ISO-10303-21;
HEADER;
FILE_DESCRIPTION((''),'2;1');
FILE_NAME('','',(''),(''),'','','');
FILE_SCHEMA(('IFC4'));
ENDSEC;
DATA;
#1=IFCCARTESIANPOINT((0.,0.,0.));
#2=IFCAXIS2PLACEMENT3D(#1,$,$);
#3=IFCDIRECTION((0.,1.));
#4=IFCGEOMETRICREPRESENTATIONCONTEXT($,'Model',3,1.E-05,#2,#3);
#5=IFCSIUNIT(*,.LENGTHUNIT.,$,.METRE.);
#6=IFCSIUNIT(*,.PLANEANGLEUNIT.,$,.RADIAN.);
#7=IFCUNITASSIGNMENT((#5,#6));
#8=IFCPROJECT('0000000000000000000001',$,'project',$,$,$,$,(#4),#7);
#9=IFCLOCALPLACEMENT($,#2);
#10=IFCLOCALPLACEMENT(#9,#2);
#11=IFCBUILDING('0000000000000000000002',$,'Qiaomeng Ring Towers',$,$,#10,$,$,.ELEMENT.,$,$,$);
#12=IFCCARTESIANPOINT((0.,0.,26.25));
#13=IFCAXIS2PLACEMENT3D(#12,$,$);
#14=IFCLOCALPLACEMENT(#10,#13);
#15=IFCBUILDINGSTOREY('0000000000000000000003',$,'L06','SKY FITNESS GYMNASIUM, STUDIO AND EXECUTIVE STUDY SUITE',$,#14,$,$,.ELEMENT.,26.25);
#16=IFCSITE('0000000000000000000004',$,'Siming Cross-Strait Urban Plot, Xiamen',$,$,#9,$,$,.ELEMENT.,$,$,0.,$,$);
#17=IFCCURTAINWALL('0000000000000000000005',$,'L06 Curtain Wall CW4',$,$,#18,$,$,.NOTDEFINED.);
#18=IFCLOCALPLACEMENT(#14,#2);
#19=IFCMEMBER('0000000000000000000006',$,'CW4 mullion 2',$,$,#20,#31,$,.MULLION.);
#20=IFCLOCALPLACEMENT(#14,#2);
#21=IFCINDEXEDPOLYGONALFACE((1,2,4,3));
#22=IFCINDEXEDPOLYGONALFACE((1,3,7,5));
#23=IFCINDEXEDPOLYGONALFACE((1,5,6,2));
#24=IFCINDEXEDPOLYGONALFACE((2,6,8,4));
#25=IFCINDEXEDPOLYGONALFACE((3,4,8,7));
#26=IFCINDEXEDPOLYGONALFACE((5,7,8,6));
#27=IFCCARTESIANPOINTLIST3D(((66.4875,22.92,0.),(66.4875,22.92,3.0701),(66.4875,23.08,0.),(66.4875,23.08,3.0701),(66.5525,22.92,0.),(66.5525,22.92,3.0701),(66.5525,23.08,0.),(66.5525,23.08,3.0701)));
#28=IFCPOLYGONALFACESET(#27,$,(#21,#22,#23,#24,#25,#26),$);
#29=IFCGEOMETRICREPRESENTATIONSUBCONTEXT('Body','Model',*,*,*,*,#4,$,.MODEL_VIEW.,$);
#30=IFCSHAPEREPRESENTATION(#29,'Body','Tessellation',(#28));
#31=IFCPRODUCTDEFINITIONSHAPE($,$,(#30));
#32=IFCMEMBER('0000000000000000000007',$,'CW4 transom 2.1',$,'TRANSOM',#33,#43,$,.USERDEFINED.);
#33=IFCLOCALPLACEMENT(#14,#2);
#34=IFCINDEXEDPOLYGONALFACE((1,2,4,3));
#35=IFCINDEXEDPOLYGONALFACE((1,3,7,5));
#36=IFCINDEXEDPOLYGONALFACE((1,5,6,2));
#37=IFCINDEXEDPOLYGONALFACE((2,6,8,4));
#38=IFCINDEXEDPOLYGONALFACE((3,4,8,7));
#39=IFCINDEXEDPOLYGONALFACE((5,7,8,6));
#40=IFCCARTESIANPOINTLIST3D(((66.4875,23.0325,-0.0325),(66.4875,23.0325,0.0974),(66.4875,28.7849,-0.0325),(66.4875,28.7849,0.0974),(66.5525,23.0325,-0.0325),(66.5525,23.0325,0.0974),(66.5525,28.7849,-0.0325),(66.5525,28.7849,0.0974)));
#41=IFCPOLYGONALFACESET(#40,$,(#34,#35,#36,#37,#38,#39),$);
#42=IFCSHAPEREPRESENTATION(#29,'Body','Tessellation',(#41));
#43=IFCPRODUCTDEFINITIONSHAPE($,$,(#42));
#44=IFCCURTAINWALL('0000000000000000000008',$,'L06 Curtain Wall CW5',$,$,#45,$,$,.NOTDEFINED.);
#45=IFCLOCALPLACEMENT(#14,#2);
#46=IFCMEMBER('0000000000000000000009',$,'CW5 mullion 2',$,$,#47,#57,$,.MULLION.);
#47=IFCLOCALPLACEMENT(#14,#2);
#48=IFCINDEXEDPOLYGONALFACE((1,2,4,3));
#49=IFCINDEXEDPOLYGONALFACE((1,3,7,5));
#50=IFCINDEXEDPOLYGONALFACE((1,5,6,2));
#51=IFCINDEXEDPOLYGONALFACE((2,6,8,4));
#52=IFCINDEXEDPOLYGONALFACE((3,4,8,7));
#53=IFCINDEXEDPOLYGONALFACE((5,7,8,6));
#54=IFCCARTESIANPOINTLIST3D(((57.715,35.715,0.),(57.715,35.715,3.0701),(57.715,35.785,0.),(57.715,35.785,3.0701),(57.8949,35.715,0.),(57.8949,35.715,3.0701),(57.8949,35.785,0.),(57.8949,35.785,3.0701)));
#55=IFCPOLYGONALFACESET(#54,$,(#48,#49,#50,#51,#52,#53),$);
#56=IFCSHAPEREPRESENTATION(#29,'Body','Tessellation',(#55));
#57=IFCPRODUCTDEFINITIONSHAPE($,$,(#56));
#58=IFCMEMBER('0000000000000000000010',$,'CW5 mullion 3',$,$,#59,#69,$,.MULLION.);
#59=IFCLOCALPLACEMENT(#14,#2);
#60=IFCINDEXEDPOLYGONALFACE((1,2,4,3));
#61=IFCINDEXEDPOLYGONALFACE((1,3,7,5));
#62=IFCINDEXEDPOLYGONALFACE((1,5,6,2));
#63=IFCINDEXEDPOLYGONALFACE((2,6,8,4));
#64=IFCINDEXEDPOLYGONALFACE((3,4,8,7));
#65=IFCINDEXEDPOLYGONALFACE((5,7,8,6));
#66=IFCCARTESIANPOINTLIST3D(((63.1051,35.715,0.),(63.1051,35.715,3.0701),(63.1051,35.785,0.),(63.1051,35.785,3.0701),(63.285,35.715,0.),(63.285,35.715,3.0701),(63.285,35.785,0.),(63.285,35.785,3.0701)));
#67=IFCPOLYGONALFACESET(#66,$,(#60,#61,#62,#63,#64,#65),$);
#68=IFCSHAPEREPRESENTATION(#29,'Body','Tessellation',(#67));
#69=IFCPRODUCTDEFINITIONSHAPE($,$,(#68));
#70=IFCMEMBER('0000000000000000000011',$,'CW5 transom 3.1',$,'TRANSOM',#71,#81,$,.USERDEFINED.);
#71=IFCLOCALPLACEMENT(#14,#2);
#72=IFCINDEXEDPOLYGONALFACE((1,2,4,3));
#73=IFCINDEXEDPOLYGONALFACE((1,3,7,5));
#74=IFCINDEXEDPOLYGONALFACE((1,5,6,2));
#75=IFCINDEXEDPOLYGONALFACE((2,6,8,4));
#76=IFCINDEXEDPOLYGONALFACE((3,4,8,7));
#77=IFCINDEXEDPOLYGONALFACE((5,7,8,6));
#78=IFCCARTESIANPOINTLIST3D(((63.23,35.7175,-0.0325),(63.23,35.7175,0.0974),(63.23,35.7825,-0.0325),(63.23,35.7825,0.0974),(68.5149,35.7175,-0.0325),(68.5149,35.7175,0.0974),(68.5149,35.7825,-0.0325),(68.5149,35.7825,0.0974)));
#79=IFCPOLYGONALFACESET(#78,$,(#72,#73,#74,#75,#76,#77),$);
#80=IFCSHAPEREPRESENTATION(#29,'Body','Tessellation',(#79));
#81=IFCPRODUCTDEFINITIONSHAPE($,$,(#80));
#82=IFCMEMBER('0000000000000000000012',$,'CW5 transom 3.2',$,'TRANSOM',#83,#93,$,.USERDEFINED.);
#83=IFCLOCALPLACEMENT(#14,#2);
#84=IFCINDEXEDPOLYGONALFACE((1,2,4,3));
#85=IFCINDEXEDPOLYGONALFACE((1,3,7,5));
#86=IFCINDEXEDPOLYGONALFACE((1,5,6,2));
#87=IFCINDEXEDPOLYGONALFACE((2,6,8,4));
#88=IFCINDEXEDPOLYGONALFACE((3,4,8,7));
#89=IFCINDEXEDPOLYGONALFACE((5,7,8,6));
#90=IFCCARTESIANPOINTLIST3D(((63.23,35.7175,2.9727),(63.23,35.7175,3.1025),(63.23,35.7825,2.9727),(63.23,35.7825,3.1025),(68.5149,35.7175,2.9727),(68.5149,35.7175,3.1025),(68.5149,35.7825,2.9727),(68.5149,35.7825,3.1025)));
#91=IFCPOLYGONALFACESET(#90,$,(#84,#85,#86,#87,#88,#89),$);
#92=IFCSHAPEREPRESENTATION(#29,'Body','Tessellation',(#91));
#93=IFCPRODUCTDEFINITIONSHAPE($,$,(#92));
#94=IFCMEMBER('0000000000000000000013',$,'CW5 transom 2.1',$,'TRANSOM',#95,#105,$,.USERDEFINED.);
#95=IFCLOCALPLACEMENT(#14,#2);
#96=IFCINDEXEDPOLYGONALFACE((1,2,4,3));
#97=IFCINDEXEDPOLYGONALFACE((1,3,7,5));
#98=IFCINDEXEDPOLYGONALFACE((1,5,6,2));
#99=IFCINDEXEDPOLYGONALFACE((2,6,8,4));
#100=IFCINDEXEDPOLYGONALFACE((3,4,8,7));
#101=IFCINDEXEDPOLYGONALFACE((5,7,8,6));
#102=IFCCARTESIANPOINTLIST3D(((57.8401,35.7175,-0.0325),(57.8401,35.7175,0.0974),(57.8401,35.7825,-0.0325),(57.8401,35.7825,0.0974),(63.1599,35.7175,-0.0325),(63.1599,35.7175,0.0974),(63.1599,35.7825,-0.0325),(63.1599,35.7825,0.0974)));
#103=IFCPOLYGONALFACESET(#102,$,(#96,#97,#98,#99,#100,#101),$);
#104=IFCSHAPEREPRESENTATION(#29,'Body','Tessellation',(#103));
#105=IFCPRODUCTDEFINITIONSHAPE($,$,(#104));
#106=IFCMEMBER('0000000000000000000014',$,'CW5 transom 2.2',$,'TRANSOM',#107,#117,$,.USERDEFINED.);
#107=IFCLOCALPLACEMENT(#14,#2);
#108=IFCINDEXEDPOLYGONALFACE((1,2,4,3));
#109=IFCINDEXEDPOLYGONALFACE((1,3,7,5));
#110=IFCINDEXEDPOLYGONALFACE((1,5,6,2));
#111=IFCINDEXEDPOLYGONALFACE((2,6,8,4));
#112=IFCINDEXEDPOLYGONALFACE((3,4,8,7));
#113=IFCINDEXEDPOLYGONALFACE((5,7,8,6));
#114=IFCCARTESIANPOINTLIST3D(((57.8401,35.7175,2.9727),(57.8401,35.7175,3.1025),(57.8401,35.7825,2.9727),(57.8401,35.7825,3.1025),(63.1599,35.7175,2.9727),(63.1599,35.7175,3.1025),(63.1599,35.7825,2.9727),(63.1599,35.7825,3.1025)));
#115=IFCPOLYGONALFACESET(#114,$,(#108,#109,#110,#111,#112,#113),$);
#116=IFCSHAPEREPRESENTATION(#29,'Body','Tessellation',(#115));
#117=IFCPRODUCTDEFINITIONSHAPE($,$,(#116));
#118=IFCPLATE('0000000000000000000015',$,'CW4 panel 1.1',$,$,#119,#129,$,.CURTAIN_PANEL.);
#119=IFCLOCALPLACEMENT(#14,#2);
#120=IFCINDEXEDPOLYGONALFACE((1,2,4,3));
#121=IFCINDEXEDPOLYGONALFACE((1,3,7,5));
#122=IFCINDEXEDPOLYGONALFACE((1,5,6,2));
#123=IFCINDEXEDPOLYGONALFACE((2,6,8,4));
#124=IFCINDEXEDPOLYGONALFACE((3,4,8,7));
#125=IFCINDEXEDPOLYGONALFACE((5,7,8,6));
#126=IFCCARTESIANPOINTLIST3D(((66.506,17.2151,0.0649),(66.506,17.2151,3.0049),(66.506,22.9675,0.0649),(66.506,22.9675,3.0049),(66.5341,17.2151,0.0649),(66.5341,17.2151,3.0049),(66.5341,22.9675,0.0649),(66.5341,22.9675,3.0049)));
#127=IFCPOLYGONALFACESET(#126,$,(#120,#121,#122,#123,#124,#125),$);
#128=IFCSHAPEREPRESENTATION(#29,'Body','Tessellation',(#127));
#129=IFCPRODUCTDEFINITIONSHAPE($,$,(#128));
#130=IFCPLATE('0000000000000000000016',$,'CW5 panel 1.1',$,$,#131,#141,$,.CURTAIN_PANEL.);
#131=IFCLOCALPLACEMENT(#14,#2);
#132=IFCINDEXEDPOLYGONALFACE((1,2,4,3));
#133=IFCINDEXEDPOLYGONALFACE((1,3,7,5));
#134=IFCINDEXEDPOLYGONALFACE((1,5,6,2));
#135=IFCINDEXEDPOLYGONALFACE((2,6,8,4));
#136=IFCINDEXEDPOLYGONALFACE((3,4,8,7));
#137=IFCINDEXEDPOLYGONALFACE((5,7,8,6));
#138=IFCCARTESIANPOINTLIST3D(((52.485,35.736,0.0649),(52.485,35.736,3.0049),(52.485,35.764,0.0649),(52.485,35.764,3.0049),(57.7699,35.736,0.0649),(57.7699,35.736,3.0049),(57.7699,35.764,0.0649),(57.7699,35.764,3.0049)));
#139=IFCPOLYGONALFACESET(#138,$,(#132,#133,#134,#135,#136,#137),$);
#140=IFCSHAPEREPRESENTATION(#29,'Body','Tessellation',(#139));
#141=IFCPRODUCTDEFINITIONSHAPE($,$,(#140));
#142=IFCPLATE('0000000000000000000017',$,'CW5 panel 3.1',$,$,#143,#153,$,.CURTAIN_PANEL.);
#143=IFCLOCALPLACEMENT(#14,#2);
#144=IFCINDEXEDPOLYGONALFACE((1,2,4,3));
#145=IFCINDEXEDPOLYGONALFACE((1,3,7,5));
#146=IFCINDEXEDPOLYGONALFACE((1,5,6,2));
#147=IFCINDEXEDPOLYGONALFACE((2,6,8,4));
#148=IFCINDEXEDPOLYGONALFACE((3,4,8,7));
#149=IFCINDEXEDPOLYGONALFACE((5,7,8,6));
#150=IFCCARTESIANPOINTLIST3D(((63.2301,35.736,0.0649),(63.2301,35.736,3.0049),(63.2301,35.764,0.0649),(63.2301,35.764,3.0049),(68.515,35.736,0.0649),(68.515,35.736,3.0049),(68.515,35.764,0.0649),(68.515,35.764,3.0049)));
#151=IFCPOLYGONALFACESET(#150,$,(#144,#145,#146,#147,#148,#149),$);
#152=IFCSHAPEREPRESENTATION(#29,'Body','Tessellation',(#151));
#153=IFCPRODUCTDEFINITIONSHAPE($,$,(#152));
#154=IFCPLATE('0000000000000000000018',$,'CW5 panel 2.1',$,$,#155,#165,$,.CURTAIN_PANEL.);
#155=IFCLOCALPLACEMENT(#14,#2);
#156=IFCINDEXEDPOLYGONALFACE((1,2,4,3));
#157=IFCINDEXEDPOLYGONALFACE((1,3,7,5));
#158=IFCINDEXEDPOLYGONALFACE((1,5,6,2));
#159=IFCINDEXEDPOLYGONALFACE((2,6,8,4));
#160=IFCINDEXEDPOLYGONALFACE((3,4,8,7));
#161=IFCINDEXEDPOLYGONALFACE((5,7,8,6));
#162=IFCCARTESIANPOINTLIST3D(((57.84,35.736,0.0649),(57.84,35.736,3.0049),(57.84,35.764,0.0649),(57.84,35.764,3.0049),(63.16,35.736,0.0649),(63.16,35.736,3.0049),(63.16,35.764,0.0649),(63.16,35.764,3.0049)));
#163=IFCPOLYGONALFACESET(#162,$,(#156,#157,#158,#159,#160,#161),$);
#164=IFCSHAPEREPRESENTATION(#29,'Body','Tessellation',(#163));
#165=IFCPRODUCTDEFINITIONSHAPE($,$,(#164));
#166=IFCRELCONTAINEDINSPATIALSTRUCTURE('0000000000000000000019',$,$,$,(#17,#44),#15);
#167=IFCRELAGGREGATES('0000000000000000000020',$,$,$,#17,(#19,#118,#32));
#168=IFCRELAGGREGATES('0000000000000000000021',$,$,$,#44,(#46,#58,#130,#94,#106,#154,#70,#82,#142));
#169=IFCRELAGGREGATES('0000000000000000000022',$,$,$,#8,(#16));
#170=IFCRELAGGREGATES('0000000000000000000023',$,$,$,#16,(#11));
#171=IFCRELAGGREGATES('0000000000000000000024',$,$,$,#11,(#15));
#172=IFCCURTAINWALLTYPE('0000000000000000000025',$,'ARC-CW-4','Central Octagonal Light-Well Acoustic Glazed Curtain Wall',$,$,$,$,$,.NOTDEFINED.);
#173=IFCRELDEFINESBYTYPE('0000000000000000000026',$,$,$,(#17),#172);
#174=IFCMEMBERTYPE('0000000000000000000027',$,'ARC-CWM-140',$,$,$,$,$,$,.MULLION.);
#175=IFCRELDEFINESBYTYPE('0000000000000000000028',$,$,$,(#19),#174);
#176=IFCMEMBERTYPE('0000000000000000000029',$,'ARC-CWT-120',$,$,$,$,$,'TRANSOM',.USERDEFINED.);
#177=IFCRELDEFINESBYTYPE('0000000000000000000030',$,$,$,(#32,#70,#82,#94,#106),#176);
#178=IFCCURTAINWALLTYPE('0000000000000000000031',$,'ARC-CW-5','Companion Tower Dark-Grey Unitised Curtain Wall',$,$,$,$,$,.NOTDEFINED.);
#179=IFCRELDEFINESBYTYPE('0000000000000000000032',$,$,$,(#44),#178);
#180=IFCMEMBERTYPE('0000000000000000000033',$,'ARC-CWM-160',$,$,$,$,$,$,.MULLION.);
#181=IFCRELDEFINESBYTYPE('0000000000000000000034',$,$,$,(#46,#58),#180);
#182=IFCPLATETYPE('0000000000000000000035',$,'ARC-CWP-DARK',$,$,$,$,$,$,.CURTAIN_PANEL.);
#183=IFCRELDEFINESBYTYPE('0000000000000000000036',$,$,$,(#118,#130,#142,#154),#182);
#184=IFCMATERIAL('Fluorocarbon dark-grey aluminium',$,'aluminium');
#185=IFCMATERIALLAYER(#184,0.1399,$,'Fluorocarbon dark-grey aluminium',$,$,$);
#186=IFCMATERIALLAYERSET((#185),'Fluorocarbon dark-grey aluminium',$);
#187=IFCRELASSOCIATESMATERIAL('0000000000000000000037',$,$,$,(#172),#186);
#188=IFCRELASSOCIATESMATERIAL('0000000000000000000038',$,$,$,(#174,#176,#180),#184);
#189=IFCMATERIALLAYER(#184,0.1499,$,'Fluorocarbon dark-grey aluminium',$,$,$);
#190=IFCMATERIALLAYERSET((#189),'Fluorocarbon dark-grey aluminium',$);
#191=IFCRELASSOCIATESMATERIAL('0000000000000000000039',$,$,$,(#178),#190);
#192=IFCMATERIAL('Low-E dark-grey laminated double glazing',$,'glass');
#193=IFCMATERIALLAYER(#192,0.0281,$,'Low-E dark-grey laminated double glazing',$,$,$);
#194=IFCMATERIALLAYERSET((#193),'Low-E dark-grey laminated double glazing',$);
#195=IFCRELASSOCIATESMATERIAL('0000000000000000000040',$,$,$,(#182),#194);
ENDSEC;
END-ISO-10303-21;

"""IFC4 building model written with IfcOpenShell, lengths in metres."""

from ifc_helpers import new_model, si_unit, direction, frame, origin, origin_2d, place, context, subcontext, project, spatial, rectangle, extrude, source, transform, mapped, material, layer, layer_set, material_profile, profile_set, type_object, element, aggregate, save


model = new_model("IFC4")

# Units and contexts
model_context = context("Model", 3, precision=1e-05, world=origin(), true_north=direction((0.0, 1.0)))
body_context = subcontext(model_context, "Body", "Model", "MODEL_VIEW")
ifc_project = project(units=[si_unit("LENGTHUNIT", "METRE"), si_unit("PLANEANGLEUNIT", "RADIAN")], contexts=[model_context])

# Site, building, storey
site_placement = place(None, origin())
site = spatial("IfcSite", under=ifc_project, at=site_placement, Name="Siming Cross-Strait Urban Plot, Xiamen", CompositionType="ELEMENT", RefElevation=0.0)
building_placement = place(site_placement, origin())
building = spatial("IfcBuilding", under=site, at=building_placement, Name="Qiaomeng Ring Towers", CompositionType="ELEMENT")
storey_placement = place(building_placement, frame((0.0, 0.0, 26.25)))
storey = spatial("IfcBuildingStorey", under=building, at=storey_placement, Name="L06", Description="SKY FITNESS GYMNASIUM, STUDIO AND EXECUTIVE STUDY SUITE", CompositionType="ELEMENT", Elevation=26.25)

# Curtain walls, members
ifc_material_1 = material(Name="Fluorocarbon dark-grey aluminium", Category="aluminium")
ifc_layer_1 = layer(ifc_material_1, 0.1399, Name="Fluorocarbon dark-grey aluminium")
ifc_layer_set_1 = layer_set([ifc_layer_1], Name="Fluorocarbon dark-grey aluminium")
curtain_wall_type_1 = type_object("IfcCurtainWallType", Name="ARC-CW-4", Description="Central Octagonal Light-Well Acoustic Glazed Curtain Wall", PredefinedType="NOTDEFINED", material=ifc_layer_set_1)
curtain_wall_1_placement = place(storey_placement, origin())
curtain_wall_1 = element("IfcCurtainWall", 1, at=curtain_wall_1_placement, inside=storey, type_object=curtain_wall_type_1, Name="L06 Curtain Wall CW4", PredefinedType="NOTDEFINED")
ifc_material_profile_1 = material_profile(ifc_material_1, rectangle(XDim=0.0649, YDim=0.1599, at=origin_2d()), Name="ALU MULL 65x160")
ifc_profile_set_1 = profile_set([ifc_material_profile_1], Name="Fluorocarbon dark-grey aluminium")
member_type_1 = type_object("IfcMemberType", Name="ARC-CWM-140", PredefinedType="MULLION", material=ifc_profile_set_1)
shared_shape_1 = source(origin(), body_context, "Body", "SweptSolid", [
    extrude(rectangle(XDim=0.0649, YDim=0.1599, at=origin_2d()), origin(), (0.0, 0.0, 1.0), 3.0701),
])
member_1_placement = place(storey_placement, frame((66.52, 23.0, 0.0), z_axis=(0.0, 0.0, 1.0), x_axis=(-1.0, 0.0, 0.0)))
member_1 = element("IfcMember", 2, at=member_1_placement, type_object=member_type_1, Name="CW4 mullion 2", PredefinedType="MULLION", context=body_context, shape_type="MappedRepresentation", body=[
    mapped(shared_shape_1, transform((0.0, 0.0, 0.0), x_axis=(1.0, 0.0, 0.0), y_axis=(0.0, 1.0, 0.0), z_axis=(0.0, 0.0, 1.0), scale=1.0)),
])
ifc_material_profile_2 = material_profile(ifc_material_1, rectangle(XDim=0.0649, YDim=0.1299, at=origin_2d()), Name="ALU TRAN 65x130")
ifc_profile_set_2 = profile_set([ifc_material_profile_2], Name="Fluorocarbon dark-grey aluminium")
member_type_2 = type_object("IfcMemberType", Name="ARC-CWT-120", ElementType="TRANSOM", PredefinedType="USERDEFINED", material=ifc_profile_set_2)
shared_shape_2 = source(origin(), body_context, "Body", "SweptSolid", [
    extrude(rectangle(XDim=0.0649, YDim=0.1299, at=origin_2d()), origin(), (0.0, 0.0, 1.0), 5.7524),
])
member_2_placement = place(storey_placement, frame((66.52, 23.0325, 0.0325), z_axis=(0.0, 1.0, 0.0), x_axis=(-1.0, 0.0, 0.0)))
member_2 = element("IfcMember", 3, at=member_2_placement, type_object=member_type_2, Name="CW4 transom 2.1", ObjectType="TRANSOM", PredefinedType="USERDEFINED", context=body_context, shape_type="MappedRepresentation", body=[
    mapped(shared_shape_2, transform((0.0, 0.0, 0.0), x_axis=(1.0, 0.0, 0.0), y_axis=(0.0, 1.0, 0.0), z_axis=(0.0, 0.0, 1.0), scale=1.0)),
])
ifc_layer_2 = layer(ifc_material_1, 0.1499, Name="Fluorocarbon dark-grey aluminium")
ifc_layer_set_2 = layer_set([ifc_layer_2], Name="Fluorocarbon dark-grey aluminium")
curtain_wall_type_2 = type_object("IfcCurtainWallType", Name="ARC-CW-5", Description="Companion Tower Dark-Grey Unitised Curtain Wall", PredefinedType="NOTDEFINED", material=ifc_layer_set_2)
curtain_wall_2_placement = place(storey_placement, origin())
curtain_wall_2 = element("IfcCurtainWall", 4, at=curtain_wall_2_placement, inside=storey, type_object=curtain_wall_type_2, Name="L06 Curtain Wall CW5", PredefinedType="NOTDEFINED")
ifc_material_profile_3 = material_profile(ifc_material_1, rectangle(XDim=0.0701, YDim=0.1799, at=origin_2d()), Name="ALU MULL 70x180")
ifc_profile_set_3 = profile_set([ifc_material_profile_3], Name="Fluorocarbon dark-grey aluminium")
member_type_3 = type_object("IfcMemberType", Name="ARC-CWM-160", PredefinedType="MULLION", material=ifc_profile_set_3)
shared_shape_3 = source(origin(), body_context, "Body", "SweptSolid", [
    extrude(rectangle(XDim=0.0701, YDim=0.1799, at=origin_2d()), origin(), (0.0, 0.0, 1.0), 3.0701),
])
member_3_placement = place(storey_placement, frame((57.8049, 35.75, 0.0), z_axis=(0.0, 0.0, 1.0), x_axis=(0.0, 1.0, 0.0)))
member_3 = element("IfcMember", 5, at=member_3_placement, type_object=member_type_3, Name="CW5 mullion 2", PredefinedType="MULLION", context=body_context, shape_type="MappedRepresentation", body=[
    mapped(shared_shape_3, transform((0.0, 0.0, 0.0), x_axis=(1.0, 0.0, 0.0), y_axis=(0.0, 1.0, 0.0), z_axis=(0.0, 0.0, 1.0), scale=1.0)),
])
member_4_placement = place(storey_placement, frame((63.1951, 35.75, 0.0), z_axis=(0.0, 0.0, 1.0), x_axis=(0.0, 1.0, 0.0)))
member_4 = element("IfcMember", 6, at=member_4_placement, type_object=member_type_3, Name="CW5 mullion 3", PredefinedType="MULLION", context=body_context, shape_type="MappedRepresentation", body=[
    mapped(shared_shape_3, transform((0.0, 0.0, 0.0), x_axis=(1.0, 0.0, 0.0), y_axis=(0.0, 1.0, 0.0), z_axis=(0.0, 0.0, 1.0), scale=1.0)),
])
shared_shape_4 = source(origin(), body_context, "Body", "SweptSolid", [
    extrude(rectangle(XDim=0.0649, YDim=0.1299, at=origin_2d()), origin(), (0.0, 0.0, 1.0), 5.2849),
])
member_5_placement = place(storey_placement, frame((63.23, 35.75, 0.0325), z_axis=(1.0, 0.0, 0.0), x_axis=(0.0, 1.0, 0.0)))
member_5 = element("IfcMember", 7, at=member_5_placement, type_object=member_type_2, Name="CW5 transom 3.1", ObjectType="TRANSOM", PredefinedType="USERDEFINED", context=body_context, shape_type="MappedRepresentation", body=[
    mapped(shared_shape_4, transform((0.0, 0.0, 0.0), x_axis=(1.0, 0.0, 0.0), y_axis=(0.0, 1.0, 0.0), z_axis=(0.0, 0.0, 1.0), scale=1.0)),
])
member_6_placement = place(storey_placement, frame((63.23, 35.75, 3.0376), z_axis=(1.0, 0.0, 0.0), x_axis=(0.0, 1.0, 0.0)))
member_6 = element("IfcMember", 8, at=member_6_placement, type_object=member_type_2, Name="CW5 transom 3.2", ObjectType="TRANSOM", PredefinedType="USERDEFINED", context=body_context, shape_type="MappedRepresentation", body=[
    mapped(shared_shape_4, transform((0.0, 0.0, 0.0), x_axis=(1.0, 0.0, 0.0), y_axis=(0.0, 1.0, 0.0), z_axis=(0.0, 0.0, 1.0), scale=1.0)),
])
shared_shape_5 = source(origin(), body_context, "Body", "SweptSolid", [
    extrude(rectangle(XDim=0.0649, YDim=0.1299, at=origin_2d()), origin(), (0.0, 0.0, 1.0), 5.3198),
])
member_7_placement = place(storey_placement, frame((57.8401, 35.75, 0.0325), z_axis=(1.0, 0.0, 0.0), x_axis=(0.0, 1.0, 0.0)))
member_7 = element("IfcMember", 9, at=member_7_placement, type_object=member_type_2, Name="CW5 transom 2.1", ObjectType="TRANSOM", PredefinedType="USERDEFINED", context=body_context, shape_type="MappedRepresentation", body=[
    mapped(shared_shape_5, transform((0.0, 0.0, 0.0), x_axis=(1.0, 0.0, 0.0), y_axis=(0.0, 1.0, 0.0), z_axis=(0.0, 0.0, 1.0), scale=1.0)),
])
member_8_placement = place(storey_placement, frame((57.8401, 35.75, 3.0376), z_axis=(1.0, 0.0, 0.0), x_axis=(0.0, 1.0, 0.0)))
member_8 = element("IfcMember", 10, at=member_8_placement, type_object=member_type_2, Name="CW5 transom 2.2", ObjectType="TRANSOM", PredefinedType="USERDEFINED", context=body_context, shape_type="MappedRepresentation", body=[
    mapped(shared_shape_5, transform((0.0, 0.0, 0.0), x_axis=(1.0, 0.0, 0.0), y_axis=(0.0, 1.0, 0.0), z_axis=(0.0, 0.0, 1.0), scale=1.0)),
])

# Plates
ifc_material_2 = material(Name="Low-E dark-grey laminated double glazing", Category="glass")
ifc_layer_3 = layer(ifc_material_2, 0.0281, Name="Low-E dark-grey laminated double glazing")
ifc_layer_set_3 = layer_set([ifc_layer_3], Name="Low-E dark-grey laminated double glazing")
plate_type = type_object("IfcPlateType", Name="ARC-CWP-DARK", PredefinedType="CURTAIN_PANEL", material=ifc_layer_set_3)
shared_shape_6 = source(origin(), body_context, "Body", "SweptSolid", [
    extrude(rectangle(XDim=5.7524, YDim=0.0281, at=origin_2d()), origin(), (0.0, 0.0, 1.0), 2.9399),
])
plate_1_placement = place(storey_placement, frame((66.52, 20.0913, 0.0649), z_axis=(0.0, 0.0, 1.0), x_axis=(0.0, 1.0, 0.0)))
plate_1 = element("IfcPlate", 11, at=plate_1_placement, type_object=plate_type, Name="CW4 panel 1.1", PredefinedType="CURTAIN_PANEL", context=body_context, shape_type="MappedRepresentation", body=[
    mapped(shared_shape_6, transform((0.0, 0.0, 0.0), x_axis=(1.0, 0.0, 0.0), y_axis=(0.0, 1.0, 0.0), z_axis=(0.0, 0.0, 1.0), scale=1.0)),
])
aggregate(curtain_wall_1, [member_1, plate_1, member_2])
shared_shape_7 = source(origin(), body_context, "Body", "SweptSolid", [
    extrude(rectangle(XDim=5.2849, YDim=0.0281, at=origin_2d()), origin(), (0.0, 0.0, 1.0), 2.9399),
])
plate_2_placement = place(storey_placement, frame((55.1274, 35.75, 0.0649), z_axis=(0.0, 0.0, 1.0), x_axis=(1.0, 0.0, 0.0)))
plate_2 = element("IfcPlate", 12, at=plate_2_placement, type_object=plate_type, Name="CW5 panel 1.1", PredefinedType="CURTAIN_PANEL", context=body_context, shape_type="MappedRepresentation", body=[
    mapped(shared_shape_7, transform((0.0, 0.0, 0.0), x_axis=(1.0, 0.0, 0.0), y_axis=(0.0, 1.0, 0.0), z_axis=(0.0, 0.0, 1.0), scale=1.0)),
])
plate_3_placement = place(storey_placement, frame((65.8726, 35.75, 0.0649), z_axis=(0.0, 0.0, 1.0), x_axis=(1.0, 0.0, 0.0)))
plate_3 = element("IfcPlate", 13, at=plate_3_placement, type_object=plate_type, Name="CW5 panel 3.1", PredefinedType="CURTAIN_PANEL", context=body_context, shape_type="MappedRepresentation", body=[
    mapped(shared_shape_7, transform((0.0, 0.0, 0.0), x_axis=(1.0, 0.0, 0.0), y_axis=(0.0, 1.0, 0.0), z_axis=(0.0, 0.0, 1.0), scale=1.0)),
])
shared_shape_8 = source(origin(), body_context, "Body", "SweptSolid", [
    extrude(rectangle(XDim=5.3201, YDim=0.0281, at=origin_2d()), origin(), (0.0, 0.0, 1.0), 2.9399),
])
plate_4_placement = place(storey_placement, frame((60.5, 35.75, 0.0649), z_axis=(0.0, 0.0, 1.0), x_axis=(1.0, 0.0, 0.0)))
plate_4 = element("IfcPlate", 14, at=plate_4_placement, type_object=plate_type, Name="CW5 panel 2.1", PredefinedType="CURTAIN_PANEL", context=body_context, shape_type="MappedRepresentation", body=[
    mapped(shared_shape_8, transform((0.0, 0.0, 0.0), x_axis=(1.0, 0.0, 0.0), y_axis=(0.0, 1.0, 0.0), z_axis=(0.0, 0.0, 1.0), scale=1.0)),
])
aggregate(curtain_wall_2, [member_3, member_4, plate_2, member_7, member_8, plate_4, member_5, member_6, plate_3])

save(model, "model.ifc")
